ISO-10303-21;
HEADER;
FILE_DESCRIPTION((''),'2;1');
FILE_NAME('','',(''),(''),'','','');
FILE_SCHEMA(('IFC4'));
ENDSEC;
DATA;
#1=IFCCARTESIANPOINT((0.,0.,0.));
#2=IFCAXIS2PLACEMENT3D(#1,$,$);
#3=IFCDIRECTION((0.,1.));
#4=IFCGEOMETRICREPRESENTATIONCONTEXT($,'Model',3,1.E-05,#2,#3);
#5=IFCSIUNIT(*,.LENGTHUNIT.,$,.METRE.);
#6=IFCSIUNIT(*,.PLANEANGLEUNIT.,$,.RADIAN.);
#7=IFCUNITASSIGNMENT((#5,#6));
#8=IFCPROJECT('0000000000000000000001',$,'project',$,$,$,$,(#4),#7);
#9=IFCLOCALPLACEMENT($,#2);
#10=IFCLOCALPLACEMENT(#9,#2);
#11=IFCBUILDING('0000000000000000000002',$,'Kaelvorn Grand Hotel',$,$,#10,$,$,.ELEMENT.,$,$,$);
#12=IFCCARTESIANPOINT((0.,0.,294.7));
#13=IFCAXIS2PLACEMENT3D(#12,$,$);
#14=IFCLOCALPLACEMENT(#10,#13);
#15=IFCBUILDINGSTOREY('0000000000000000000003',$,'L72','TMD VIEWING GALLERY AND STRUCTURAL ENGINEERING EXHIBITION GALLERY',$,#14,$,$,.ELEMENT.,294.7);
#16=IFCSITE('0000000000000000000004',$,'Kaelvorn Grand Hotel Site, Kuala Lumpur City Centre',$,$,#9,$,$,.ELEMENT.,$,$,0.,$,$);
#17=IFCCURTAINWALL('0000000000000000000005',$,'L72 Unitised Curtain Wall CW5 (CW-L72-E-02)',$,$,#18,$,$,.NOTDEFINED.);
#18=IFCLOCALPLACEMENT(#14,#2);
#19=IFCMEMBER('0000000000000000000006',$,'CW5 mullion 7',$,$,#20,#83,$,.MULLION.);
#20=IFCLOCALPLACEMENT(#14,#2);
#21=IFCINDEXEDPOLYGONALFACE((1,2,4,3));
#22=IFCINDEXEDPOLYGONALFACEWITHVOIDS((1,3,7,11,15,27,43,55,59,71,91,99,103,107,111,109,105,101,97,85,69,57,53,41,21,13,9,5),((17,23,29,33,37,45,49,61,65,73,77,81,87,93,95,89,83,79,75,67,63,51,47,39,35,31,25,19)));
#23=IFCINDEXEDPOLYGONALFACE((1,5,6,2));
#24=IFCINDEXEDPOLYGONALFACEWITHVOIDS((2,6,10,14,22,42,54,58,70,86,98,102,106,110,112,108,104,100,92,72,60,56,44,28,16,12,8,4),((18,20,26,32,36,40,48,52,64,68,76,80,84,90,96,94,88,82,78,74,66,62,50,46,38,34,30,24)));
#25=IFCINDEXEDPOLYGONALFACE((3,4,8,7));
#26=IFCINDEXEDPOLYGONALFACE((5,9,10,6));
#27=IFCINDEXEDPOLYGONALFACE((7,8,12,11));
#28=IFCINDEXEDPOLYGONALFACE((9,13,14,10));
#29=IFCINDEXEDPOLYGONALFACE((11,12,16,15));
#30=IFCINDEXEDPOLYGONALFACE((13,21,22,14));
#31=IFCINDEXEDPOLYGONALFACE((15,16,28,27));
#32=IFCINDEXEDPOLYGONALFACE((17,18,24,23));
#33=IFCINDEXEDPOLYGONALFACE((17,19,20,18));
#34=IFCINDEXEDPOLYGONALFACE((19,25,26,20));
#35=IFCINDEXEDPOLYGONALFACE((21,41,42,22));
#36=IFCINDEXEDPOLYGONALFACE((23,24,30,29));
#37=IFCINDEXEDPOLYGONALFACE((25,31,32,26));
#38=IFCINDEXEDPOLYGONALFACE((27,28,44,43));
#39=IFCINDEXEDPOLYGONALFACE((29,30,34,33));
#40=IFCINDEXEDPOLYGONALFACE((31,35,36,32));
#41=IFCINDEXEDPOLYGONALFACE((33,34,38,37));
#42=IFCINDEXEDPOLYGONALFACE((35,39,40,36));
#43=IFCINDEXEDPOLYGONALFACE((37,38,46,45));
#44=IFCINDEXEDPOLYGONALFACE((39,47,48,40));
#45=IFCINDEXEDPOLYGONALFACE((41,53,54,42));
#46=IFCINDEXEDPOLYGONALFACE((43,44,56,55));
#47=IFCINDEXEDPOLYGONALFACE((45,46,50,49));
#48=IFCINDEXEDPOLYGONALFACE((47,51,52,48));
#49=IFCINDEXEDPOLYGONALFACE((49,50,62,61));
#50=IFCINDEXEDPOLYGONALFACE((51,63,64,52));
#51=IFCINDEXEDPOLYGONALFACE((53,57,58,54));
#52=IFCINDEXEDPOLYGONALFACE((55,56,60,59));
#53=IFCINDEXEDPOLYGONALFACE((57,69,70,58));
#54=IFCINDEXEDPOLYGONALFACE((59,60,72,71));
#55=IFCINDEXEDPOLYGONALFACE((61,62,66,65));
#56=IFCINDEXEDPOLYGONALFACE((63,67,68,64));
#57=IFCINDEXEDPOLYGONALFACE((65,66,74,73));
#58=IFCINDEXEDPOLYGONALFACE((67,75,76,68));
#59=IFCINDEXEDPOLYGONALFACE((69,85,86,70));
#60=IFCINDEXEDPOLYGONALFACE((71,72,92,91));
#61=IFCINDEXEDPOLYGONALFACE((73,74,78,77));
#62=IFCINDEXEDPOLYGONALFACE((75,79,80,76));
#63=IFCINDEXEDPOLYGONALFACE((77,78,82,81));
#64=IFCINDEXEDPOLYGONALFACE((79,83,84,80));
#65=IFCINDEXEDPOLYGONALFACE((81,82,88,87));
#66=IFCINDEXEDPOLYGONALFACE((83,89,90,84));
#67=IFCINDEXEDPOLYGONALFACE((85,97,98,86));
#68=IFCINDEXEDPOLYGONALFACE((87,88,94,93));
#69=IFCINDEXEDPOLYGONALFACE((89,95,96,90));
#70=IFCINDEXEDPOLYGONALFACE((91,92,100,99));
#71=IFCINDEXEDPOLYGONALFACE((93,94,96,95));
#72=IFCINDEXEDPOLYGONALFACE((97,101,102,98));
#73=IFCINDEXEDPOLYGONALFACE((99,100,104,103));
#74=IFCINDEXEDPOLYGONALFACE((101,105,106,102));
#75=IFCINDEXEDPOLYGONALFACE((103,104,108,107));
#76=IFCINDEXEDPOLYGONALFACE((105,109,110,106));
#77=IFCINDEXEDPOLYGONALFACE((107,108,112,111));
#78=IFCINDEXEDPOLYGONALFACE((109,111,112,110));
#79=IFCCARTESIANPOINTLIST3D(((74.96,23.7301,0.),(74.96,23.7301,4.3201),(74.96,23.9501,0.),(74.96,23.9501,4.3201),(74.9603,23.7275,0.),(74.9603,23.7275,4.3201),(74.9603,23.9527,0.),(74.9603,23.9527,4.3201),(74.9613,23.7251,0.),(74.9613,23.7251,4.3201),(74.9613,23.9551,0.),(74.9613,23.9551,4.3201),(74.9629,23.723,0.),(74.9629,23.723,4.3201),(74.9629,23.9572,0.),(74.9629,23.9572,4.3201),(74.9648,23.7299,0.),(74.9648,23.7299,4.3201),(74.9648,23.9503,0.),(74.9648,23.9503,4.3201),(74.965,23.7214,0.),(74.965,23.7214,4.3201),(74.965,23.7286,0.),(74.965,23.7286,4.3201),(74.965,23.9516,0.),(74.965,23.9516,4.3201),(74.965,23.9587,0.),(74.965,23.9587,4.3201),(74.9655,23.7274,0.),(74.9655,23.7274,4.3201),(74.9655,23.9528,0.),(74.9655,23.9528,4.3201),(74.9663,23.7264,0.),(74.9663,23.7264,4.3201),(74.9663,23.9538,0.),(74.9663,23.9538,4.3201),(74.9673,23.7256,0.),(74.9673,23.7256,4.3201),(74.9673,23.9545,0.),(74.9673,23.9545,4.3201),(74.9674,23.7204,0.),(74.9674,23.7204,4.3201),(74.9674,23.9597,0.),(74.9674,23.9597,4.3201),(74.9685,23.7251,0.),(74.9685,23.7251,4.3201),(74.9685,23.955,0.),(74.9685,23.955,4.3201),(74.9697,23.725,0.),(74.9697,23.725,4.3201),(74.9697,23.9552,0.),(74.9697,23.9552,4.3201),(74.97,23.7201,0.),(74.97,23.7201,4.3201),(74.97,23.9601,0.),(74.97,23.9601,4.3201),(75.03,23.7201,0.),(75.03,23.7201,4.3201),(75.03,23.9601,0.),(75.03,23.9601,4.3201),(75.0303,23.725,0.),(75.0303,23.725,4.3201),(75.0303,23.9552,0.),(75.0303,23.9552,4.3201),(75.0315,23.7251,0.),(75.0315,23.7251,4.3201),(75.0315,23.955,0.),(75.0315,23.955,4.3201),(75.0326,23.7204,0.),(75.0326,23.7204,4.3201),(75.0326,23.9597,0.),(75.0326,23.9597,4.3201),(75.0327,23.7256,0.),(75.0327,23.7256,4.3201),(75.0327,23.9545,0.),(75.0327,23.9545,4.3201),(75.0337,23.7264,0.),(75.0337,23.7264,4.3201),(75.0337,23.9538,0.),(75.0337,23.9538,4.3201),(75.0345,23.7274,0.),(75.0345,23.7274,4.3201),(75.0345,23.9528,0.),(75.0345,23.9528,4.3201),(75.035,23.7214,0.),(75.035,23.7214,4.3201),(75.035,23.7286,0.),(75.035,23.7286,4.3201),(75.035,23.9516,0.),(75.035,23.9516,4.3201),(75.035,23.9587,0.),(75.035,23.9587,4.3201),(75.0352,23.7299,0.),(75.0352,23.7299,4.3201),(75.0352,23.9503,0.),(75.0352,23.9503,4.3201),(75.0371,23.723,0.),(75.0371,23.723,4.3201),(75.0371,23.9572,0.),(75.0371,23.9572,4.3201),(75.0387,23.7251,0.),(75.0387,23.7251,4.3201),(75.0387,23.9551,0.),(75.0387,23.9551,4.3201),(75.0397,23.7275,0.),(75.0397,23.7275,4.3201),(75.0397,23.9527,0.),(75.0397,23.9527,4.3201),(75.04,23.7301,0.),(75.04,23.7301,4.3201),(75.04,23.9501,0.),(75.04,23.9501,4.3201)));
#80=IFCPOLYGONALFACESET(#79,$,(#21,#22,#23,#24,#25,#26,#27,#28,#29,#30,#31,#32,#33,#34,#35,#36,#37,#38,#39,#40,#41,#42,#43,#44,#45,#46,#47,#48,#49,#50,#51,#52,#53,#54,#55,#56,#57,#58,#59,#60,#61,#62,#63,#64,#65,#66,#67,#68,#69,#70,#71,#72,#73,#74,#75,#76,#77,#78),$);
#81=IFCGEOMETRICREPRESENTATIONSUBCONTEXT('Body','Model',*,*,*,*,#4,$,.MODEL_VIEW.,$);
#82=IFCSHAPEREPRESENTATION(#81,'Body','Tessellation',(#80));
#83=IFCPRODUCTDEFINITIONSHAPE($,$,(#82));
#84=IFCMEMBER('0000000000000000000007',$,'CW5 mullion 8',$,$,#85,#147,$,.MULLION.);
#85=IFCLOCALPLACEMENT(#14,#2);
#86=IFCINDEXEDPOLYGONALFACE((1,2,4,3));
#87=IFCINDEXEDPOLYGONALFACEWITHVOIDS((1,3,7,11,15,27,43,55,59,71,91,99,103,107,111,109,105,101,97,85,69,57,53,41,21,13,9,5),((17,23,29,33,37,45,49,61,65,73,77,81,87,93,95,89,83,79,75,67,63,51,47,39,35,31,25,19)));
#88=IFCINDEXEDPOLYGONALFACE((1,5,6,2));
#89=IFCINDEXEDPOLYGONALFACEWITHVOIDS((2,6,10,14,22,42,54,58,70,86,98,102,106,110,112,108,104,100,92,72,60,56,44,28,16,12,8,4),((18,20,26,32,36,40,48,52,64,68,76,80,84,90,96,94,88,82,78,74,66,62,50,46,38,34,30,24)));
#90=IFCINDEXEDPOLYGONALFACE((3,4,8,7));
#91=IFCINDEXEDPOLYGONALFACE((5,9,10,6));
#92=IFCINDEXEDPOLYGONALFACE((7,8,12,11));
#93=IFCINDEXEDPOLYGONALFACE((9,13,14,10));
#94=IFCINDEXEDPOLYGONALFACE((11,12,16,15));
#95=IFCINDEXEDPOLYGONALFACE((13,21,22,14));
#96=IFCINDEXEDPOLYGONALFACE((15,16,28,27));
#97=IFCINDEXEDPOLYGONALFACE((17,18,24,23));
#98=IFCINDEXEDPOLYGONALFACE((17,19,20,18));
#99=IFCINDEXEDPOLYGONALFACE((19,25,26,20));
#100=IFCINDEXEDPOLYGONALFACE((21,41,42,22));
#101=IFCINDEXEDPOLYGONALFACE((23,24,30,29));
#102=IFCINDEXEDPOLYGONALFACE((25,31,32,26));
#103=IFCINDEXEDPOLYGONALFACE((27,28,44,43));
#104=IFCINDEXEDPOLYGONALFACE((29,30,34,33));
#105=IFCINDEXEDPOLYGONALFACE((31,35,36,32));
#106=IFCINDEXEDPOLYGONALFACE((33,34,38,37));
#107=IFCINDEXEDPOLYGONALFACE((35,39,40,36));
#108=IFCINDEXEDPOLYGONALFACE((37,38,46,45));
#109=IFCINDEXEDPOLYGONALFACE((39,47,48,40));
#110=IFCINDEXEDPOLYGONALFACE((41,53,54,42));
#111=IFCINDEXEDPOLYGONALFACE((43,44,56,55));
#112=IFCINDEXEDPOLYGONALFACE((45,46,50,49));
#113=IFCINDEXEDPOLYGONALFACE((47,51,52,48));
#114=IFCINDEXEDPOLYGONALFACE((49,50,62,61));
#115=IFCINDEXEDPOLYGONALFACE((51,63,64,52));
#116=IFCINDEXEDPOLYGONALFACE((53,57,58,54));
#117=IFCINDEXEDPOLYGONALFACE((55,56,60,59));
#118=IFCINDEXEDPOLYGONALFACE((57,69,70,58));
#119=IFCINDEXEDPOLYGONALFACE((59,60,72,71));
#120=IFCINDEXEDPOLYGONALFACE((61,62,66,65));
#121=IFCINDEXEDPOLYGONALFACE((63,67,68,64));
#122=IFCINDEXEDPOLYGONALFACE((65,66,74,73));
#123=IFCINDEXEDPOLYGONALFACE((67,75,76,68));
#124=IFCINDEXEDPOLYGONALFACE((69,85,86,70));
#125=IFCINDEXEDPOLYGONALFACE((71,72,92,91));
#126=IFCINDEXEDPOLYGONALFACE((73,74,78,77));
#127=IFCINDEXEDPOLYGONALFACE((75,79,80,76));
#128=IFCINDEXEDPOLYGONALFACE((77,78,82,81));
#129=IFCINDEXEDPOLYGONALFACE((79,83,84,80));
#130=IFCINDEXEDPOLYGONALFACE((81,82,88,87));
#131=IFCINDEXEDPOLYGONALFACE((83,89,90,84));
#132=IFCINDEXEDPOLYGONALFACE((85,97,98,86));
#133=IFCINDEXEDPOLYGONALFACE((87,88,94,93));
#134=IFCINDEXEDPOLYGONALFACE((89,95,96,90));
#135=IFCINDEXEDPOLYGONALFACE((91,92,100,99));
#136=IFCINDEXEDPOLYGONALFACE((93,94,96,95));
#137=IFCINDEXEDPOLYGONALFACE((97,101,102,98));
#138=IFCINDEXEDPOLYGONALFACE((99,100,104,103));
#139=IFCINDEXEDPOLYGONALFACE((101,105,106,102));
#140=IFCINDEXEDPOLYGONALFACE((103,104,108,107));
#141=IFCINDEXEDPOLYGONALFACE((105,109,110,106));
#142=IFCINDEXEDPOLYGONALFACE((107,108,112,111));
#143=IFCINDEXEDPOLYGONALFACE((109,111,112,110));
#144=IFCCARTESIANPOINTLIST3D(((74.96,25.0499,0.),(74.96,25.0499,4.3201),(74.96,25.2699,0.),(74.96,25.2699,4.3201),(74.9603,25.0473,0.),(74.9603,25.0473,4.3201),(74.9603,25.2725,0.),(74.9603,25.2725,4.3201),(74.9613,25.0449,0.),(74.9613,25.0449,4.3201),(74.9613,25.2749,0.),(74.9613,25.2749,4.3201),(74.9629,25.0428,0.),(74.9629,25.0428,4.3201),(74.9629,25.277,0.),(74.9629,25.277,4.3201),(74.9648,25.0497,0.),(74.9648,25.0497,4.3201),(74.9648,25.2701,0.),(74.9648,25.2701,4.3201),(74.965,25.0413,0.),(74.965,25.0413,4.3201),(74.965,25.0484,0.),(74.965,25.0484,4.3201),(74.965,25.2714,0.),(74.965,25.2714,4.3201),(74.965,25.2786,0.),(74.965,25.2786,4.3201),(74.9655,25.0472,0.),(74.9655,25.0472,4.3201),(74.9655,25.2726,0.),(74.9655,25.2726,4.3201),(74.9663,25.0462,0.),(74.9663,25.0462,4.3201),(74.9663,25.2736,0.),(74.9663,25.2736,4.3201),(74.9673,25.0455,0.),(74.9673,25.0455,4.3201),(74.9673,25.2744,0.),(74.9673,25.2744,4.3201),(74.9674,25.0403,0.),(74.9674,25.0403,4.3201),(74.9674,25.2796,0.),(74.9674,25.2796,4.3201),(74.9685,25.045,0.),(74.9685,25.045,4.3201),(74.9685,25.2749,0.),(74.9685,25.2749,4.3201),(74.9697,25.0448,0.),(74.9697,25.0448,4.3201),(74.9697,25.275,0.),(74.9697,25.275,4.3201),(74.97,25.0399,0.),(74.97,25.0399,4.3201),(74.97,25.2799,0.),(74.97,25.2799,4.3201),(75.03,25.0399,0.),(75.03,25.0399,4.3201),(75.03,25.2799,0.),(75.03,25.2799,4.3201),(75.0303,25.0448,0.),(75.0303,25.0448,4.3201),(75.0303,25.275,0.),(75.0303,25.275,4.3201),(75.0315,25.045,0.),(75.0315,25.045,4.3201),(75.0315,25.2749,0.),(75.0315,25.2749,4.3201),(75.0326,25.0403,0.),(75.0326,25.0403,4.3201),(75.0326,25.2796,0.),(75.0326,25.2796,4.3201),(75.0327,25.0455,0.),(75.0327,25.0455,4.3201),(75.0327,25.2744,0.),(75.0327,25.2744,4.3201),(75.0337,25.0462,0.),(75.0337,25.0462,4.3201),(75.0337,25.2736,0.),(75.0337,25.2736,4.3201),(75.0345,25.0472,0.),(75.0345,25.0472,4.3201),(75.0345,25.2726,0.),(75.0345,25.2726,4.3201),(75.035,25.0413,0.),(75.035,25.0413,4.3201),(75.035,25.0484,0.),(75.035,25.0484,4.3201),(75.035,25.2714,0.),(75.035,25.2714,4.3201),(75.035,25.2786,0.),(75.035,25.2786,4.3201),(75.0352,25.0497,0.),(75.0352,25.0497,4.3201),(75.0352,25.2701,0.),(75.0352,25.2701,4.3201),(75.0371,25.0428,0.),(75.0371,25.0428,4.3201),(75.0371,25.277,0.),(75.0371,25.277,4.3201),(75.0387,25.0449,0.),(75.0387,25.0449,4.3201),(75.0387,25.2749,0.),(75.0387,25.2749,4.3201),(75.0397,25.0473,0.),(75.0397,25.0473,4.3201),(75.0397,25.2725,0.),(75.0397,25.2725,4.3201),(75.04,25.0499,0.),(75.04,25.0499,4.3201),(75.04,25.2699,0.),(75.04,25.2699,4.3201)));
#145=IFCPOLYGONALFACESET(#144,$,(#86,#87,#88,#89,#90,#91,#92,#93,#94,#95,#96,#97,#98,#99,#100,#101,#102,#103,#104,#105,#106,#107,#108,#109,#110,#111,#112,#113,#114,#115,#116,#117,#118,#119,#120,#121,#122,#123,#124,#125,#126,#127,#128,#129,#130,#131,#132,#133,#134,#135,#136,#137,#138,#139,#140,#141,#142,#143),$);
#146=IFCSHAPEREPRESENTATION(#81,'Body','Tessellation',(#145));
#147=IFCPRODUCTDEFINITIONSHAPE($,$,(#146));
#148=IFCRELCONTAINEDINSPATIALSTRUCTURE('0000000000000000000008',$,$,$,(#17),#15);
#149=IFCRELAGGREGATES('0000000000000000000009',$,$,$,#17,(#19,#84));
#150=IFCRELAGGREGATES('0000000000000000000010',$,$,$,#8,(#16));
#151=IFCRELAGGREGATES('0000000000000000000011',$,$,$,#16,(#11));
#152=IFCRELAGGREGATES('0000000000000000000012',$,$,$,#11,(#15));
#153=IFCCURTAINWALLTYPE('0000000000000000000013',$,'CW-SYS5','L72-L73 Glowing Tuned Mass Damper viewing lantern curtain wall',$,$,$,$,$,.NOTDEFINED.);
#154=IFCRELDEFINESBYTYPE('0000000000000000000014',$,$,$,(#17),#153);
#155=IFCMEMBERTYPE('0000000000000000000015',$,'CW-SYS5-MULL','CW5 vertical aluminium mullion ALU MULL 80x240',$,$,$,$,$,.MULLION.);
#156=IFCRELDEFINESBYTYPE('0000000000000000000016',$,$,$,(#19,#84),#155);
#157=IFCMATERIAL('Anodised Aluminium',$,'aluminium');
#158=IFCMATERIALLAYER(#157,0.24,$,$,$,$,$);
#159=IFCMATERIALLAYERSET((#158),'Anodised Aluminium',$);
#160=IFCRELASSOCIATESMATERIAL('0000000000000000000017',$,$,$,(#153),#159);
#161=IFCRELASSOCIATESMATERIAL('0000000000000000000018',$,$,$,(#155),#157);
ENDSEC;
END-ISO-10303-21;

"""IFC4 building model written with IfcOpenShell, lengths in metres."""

from ifc_helpers import new_model, si_unit, direction, frame, origin, origin_2d, place, context, subcontext, project, spatial, hollow_rectangle, extrude, material, layer, layer_set, material_profile, profile_set, type_object, element, aggregate, save


model = new_model("IFC4")

# Units and contexts
model_context = context("Model", 3, precision=1e-05, world=origin(), true_north=direction((0.0, 1.0)))
body_context = subcontext(model_context, "Body", "Model", "MODEL_VIEW")
ifc_project = project(units=[si_unit("LENGTHUNIT", "METRE"), si_unit("PLANEANGLEUNIT", "RADIAN")], contexts=[model_context])

# Site, building, storey
site_placement = place(None, origin())
site = spatial("IfcSite", under=ifc_project, at=site_placement, Name="Kaelvorn Grand Hotel Site, Kuala Lumpur City Centre", CompositionType="ELEMENT", RefElevation=0.0)
building_placement = place(site_placement, origin())
building = spatial("IfcBuilding", under=site, at=building_placement, Name="Kaelvorn Grand Hotel", CompositionType="ELEMENT")
storey_placement = place(building_placement, frame((0.0, 0.0, 294.7)))
storey = spatial("IfcBuildingStorey", under=building, at=storey_placement, Name="L72", Description="TMD VIEWING GALLERY AND STRUCTURAL ENGINEERING EXHIBITION GALLERY", CompositionType="ELEMENT", Elevation=294.7)

# Curtain wall, members
ifc_material_1 = material(Name="Anodised Aluminium", Category="aluminium")
ifc_layer_1 = layer(ifc_material_1, 0.24)
ifc_layer_set_1 = layer_set([ifc_layer_1], Name="Anodised Aluminium")
curtain_wall_type = type_object("IfcCurtainWallType", Name="CW-SYS5", Description="L72-L73 Glowing Tuned Mass Damper viewing lantern curtain wall", PredefinedType="NOTDEFINED", material=ifc_layer_set_1)
curtain_wall_placement = place(storey_placement, origin())
curtain_wall = element("IfcCurtainWall", 1, at=curtain_wall_placement, inside=storey, type_object=curtain_wall_type, Name="L72 Unitised Curtain Wall CW5 (CW-L72-E-02)", PredefinedType="NOTDEFINED")
ifc_material_profile_1 = material_profile(ifc_material_1, hollow_rectangle(XDim=0.0801, YDim=0.24, WallThickness=0.0049, InnerFilletRadius=0.0049, OuterFilletRadius=0.01, at=origin_2d()), Name="ALU MULL 80x240")
ifc_profile_set_1 = profile_set([ifc_material_profile_1], Name="Anodised Aluminium")
member_type_1 = type_object("IfcMemberType", Name="CW-SYS5-MULL", Description="CW5 vertical aluminium mullion ALU MULL 80x240", PredefinedType="MULLION", material=ifc_profile_set_1)
member_1_placement = place(storey_placement, frame((75.0, 23.8401, 0.0), z_axis=(0.0, 0.0, 1.0), x_axis=(-1.0, 0.0, 0.0)))
member_1 = element("IfcMember", 2, at=member_1_placement, type_object=member_type_1, Name="CW5 mullion 7", PredefinedType="MULLION", context=body_context, shape_type="SweptSolid", body=[
    extrude(hollow_rectangle(XDim=0.0801, YDim=0.24, WallThickness=0.0049, InnerFilletRadius=0.0049, OuterFilletRadius=0.01, at=origin_2d()), origin(), (0.0, 0.0, 1.0), 4.3201),
])
member_2_placement = place(storey_placement, frame((75.0, 25.1599, 0.0), z_axis=(0.0, 0.0, 1.0), x_axis=(-1.0, 0.0, 0.0)))
member_2 = element("IfcMember", 3, at=member_2_placement, type_object=member_type_1, Name="CW5 mullion 8", PredefinedType="MULLION", context=body_context, shape_type="SweptSolid", body=[
    extrude(hollow_rectangle(XDim=0.0801, YDim=0.24, WallThickness=0.0049, InnerFilletRadius=0.0049, OuterFilletRadius=0.01, at=origin_2d()), origin(), (0.0, 0.0, 1.0), 4.3201),
])
aggregate(curtain_wall, [member_1, member_2])

save(model, "model.ifc")
